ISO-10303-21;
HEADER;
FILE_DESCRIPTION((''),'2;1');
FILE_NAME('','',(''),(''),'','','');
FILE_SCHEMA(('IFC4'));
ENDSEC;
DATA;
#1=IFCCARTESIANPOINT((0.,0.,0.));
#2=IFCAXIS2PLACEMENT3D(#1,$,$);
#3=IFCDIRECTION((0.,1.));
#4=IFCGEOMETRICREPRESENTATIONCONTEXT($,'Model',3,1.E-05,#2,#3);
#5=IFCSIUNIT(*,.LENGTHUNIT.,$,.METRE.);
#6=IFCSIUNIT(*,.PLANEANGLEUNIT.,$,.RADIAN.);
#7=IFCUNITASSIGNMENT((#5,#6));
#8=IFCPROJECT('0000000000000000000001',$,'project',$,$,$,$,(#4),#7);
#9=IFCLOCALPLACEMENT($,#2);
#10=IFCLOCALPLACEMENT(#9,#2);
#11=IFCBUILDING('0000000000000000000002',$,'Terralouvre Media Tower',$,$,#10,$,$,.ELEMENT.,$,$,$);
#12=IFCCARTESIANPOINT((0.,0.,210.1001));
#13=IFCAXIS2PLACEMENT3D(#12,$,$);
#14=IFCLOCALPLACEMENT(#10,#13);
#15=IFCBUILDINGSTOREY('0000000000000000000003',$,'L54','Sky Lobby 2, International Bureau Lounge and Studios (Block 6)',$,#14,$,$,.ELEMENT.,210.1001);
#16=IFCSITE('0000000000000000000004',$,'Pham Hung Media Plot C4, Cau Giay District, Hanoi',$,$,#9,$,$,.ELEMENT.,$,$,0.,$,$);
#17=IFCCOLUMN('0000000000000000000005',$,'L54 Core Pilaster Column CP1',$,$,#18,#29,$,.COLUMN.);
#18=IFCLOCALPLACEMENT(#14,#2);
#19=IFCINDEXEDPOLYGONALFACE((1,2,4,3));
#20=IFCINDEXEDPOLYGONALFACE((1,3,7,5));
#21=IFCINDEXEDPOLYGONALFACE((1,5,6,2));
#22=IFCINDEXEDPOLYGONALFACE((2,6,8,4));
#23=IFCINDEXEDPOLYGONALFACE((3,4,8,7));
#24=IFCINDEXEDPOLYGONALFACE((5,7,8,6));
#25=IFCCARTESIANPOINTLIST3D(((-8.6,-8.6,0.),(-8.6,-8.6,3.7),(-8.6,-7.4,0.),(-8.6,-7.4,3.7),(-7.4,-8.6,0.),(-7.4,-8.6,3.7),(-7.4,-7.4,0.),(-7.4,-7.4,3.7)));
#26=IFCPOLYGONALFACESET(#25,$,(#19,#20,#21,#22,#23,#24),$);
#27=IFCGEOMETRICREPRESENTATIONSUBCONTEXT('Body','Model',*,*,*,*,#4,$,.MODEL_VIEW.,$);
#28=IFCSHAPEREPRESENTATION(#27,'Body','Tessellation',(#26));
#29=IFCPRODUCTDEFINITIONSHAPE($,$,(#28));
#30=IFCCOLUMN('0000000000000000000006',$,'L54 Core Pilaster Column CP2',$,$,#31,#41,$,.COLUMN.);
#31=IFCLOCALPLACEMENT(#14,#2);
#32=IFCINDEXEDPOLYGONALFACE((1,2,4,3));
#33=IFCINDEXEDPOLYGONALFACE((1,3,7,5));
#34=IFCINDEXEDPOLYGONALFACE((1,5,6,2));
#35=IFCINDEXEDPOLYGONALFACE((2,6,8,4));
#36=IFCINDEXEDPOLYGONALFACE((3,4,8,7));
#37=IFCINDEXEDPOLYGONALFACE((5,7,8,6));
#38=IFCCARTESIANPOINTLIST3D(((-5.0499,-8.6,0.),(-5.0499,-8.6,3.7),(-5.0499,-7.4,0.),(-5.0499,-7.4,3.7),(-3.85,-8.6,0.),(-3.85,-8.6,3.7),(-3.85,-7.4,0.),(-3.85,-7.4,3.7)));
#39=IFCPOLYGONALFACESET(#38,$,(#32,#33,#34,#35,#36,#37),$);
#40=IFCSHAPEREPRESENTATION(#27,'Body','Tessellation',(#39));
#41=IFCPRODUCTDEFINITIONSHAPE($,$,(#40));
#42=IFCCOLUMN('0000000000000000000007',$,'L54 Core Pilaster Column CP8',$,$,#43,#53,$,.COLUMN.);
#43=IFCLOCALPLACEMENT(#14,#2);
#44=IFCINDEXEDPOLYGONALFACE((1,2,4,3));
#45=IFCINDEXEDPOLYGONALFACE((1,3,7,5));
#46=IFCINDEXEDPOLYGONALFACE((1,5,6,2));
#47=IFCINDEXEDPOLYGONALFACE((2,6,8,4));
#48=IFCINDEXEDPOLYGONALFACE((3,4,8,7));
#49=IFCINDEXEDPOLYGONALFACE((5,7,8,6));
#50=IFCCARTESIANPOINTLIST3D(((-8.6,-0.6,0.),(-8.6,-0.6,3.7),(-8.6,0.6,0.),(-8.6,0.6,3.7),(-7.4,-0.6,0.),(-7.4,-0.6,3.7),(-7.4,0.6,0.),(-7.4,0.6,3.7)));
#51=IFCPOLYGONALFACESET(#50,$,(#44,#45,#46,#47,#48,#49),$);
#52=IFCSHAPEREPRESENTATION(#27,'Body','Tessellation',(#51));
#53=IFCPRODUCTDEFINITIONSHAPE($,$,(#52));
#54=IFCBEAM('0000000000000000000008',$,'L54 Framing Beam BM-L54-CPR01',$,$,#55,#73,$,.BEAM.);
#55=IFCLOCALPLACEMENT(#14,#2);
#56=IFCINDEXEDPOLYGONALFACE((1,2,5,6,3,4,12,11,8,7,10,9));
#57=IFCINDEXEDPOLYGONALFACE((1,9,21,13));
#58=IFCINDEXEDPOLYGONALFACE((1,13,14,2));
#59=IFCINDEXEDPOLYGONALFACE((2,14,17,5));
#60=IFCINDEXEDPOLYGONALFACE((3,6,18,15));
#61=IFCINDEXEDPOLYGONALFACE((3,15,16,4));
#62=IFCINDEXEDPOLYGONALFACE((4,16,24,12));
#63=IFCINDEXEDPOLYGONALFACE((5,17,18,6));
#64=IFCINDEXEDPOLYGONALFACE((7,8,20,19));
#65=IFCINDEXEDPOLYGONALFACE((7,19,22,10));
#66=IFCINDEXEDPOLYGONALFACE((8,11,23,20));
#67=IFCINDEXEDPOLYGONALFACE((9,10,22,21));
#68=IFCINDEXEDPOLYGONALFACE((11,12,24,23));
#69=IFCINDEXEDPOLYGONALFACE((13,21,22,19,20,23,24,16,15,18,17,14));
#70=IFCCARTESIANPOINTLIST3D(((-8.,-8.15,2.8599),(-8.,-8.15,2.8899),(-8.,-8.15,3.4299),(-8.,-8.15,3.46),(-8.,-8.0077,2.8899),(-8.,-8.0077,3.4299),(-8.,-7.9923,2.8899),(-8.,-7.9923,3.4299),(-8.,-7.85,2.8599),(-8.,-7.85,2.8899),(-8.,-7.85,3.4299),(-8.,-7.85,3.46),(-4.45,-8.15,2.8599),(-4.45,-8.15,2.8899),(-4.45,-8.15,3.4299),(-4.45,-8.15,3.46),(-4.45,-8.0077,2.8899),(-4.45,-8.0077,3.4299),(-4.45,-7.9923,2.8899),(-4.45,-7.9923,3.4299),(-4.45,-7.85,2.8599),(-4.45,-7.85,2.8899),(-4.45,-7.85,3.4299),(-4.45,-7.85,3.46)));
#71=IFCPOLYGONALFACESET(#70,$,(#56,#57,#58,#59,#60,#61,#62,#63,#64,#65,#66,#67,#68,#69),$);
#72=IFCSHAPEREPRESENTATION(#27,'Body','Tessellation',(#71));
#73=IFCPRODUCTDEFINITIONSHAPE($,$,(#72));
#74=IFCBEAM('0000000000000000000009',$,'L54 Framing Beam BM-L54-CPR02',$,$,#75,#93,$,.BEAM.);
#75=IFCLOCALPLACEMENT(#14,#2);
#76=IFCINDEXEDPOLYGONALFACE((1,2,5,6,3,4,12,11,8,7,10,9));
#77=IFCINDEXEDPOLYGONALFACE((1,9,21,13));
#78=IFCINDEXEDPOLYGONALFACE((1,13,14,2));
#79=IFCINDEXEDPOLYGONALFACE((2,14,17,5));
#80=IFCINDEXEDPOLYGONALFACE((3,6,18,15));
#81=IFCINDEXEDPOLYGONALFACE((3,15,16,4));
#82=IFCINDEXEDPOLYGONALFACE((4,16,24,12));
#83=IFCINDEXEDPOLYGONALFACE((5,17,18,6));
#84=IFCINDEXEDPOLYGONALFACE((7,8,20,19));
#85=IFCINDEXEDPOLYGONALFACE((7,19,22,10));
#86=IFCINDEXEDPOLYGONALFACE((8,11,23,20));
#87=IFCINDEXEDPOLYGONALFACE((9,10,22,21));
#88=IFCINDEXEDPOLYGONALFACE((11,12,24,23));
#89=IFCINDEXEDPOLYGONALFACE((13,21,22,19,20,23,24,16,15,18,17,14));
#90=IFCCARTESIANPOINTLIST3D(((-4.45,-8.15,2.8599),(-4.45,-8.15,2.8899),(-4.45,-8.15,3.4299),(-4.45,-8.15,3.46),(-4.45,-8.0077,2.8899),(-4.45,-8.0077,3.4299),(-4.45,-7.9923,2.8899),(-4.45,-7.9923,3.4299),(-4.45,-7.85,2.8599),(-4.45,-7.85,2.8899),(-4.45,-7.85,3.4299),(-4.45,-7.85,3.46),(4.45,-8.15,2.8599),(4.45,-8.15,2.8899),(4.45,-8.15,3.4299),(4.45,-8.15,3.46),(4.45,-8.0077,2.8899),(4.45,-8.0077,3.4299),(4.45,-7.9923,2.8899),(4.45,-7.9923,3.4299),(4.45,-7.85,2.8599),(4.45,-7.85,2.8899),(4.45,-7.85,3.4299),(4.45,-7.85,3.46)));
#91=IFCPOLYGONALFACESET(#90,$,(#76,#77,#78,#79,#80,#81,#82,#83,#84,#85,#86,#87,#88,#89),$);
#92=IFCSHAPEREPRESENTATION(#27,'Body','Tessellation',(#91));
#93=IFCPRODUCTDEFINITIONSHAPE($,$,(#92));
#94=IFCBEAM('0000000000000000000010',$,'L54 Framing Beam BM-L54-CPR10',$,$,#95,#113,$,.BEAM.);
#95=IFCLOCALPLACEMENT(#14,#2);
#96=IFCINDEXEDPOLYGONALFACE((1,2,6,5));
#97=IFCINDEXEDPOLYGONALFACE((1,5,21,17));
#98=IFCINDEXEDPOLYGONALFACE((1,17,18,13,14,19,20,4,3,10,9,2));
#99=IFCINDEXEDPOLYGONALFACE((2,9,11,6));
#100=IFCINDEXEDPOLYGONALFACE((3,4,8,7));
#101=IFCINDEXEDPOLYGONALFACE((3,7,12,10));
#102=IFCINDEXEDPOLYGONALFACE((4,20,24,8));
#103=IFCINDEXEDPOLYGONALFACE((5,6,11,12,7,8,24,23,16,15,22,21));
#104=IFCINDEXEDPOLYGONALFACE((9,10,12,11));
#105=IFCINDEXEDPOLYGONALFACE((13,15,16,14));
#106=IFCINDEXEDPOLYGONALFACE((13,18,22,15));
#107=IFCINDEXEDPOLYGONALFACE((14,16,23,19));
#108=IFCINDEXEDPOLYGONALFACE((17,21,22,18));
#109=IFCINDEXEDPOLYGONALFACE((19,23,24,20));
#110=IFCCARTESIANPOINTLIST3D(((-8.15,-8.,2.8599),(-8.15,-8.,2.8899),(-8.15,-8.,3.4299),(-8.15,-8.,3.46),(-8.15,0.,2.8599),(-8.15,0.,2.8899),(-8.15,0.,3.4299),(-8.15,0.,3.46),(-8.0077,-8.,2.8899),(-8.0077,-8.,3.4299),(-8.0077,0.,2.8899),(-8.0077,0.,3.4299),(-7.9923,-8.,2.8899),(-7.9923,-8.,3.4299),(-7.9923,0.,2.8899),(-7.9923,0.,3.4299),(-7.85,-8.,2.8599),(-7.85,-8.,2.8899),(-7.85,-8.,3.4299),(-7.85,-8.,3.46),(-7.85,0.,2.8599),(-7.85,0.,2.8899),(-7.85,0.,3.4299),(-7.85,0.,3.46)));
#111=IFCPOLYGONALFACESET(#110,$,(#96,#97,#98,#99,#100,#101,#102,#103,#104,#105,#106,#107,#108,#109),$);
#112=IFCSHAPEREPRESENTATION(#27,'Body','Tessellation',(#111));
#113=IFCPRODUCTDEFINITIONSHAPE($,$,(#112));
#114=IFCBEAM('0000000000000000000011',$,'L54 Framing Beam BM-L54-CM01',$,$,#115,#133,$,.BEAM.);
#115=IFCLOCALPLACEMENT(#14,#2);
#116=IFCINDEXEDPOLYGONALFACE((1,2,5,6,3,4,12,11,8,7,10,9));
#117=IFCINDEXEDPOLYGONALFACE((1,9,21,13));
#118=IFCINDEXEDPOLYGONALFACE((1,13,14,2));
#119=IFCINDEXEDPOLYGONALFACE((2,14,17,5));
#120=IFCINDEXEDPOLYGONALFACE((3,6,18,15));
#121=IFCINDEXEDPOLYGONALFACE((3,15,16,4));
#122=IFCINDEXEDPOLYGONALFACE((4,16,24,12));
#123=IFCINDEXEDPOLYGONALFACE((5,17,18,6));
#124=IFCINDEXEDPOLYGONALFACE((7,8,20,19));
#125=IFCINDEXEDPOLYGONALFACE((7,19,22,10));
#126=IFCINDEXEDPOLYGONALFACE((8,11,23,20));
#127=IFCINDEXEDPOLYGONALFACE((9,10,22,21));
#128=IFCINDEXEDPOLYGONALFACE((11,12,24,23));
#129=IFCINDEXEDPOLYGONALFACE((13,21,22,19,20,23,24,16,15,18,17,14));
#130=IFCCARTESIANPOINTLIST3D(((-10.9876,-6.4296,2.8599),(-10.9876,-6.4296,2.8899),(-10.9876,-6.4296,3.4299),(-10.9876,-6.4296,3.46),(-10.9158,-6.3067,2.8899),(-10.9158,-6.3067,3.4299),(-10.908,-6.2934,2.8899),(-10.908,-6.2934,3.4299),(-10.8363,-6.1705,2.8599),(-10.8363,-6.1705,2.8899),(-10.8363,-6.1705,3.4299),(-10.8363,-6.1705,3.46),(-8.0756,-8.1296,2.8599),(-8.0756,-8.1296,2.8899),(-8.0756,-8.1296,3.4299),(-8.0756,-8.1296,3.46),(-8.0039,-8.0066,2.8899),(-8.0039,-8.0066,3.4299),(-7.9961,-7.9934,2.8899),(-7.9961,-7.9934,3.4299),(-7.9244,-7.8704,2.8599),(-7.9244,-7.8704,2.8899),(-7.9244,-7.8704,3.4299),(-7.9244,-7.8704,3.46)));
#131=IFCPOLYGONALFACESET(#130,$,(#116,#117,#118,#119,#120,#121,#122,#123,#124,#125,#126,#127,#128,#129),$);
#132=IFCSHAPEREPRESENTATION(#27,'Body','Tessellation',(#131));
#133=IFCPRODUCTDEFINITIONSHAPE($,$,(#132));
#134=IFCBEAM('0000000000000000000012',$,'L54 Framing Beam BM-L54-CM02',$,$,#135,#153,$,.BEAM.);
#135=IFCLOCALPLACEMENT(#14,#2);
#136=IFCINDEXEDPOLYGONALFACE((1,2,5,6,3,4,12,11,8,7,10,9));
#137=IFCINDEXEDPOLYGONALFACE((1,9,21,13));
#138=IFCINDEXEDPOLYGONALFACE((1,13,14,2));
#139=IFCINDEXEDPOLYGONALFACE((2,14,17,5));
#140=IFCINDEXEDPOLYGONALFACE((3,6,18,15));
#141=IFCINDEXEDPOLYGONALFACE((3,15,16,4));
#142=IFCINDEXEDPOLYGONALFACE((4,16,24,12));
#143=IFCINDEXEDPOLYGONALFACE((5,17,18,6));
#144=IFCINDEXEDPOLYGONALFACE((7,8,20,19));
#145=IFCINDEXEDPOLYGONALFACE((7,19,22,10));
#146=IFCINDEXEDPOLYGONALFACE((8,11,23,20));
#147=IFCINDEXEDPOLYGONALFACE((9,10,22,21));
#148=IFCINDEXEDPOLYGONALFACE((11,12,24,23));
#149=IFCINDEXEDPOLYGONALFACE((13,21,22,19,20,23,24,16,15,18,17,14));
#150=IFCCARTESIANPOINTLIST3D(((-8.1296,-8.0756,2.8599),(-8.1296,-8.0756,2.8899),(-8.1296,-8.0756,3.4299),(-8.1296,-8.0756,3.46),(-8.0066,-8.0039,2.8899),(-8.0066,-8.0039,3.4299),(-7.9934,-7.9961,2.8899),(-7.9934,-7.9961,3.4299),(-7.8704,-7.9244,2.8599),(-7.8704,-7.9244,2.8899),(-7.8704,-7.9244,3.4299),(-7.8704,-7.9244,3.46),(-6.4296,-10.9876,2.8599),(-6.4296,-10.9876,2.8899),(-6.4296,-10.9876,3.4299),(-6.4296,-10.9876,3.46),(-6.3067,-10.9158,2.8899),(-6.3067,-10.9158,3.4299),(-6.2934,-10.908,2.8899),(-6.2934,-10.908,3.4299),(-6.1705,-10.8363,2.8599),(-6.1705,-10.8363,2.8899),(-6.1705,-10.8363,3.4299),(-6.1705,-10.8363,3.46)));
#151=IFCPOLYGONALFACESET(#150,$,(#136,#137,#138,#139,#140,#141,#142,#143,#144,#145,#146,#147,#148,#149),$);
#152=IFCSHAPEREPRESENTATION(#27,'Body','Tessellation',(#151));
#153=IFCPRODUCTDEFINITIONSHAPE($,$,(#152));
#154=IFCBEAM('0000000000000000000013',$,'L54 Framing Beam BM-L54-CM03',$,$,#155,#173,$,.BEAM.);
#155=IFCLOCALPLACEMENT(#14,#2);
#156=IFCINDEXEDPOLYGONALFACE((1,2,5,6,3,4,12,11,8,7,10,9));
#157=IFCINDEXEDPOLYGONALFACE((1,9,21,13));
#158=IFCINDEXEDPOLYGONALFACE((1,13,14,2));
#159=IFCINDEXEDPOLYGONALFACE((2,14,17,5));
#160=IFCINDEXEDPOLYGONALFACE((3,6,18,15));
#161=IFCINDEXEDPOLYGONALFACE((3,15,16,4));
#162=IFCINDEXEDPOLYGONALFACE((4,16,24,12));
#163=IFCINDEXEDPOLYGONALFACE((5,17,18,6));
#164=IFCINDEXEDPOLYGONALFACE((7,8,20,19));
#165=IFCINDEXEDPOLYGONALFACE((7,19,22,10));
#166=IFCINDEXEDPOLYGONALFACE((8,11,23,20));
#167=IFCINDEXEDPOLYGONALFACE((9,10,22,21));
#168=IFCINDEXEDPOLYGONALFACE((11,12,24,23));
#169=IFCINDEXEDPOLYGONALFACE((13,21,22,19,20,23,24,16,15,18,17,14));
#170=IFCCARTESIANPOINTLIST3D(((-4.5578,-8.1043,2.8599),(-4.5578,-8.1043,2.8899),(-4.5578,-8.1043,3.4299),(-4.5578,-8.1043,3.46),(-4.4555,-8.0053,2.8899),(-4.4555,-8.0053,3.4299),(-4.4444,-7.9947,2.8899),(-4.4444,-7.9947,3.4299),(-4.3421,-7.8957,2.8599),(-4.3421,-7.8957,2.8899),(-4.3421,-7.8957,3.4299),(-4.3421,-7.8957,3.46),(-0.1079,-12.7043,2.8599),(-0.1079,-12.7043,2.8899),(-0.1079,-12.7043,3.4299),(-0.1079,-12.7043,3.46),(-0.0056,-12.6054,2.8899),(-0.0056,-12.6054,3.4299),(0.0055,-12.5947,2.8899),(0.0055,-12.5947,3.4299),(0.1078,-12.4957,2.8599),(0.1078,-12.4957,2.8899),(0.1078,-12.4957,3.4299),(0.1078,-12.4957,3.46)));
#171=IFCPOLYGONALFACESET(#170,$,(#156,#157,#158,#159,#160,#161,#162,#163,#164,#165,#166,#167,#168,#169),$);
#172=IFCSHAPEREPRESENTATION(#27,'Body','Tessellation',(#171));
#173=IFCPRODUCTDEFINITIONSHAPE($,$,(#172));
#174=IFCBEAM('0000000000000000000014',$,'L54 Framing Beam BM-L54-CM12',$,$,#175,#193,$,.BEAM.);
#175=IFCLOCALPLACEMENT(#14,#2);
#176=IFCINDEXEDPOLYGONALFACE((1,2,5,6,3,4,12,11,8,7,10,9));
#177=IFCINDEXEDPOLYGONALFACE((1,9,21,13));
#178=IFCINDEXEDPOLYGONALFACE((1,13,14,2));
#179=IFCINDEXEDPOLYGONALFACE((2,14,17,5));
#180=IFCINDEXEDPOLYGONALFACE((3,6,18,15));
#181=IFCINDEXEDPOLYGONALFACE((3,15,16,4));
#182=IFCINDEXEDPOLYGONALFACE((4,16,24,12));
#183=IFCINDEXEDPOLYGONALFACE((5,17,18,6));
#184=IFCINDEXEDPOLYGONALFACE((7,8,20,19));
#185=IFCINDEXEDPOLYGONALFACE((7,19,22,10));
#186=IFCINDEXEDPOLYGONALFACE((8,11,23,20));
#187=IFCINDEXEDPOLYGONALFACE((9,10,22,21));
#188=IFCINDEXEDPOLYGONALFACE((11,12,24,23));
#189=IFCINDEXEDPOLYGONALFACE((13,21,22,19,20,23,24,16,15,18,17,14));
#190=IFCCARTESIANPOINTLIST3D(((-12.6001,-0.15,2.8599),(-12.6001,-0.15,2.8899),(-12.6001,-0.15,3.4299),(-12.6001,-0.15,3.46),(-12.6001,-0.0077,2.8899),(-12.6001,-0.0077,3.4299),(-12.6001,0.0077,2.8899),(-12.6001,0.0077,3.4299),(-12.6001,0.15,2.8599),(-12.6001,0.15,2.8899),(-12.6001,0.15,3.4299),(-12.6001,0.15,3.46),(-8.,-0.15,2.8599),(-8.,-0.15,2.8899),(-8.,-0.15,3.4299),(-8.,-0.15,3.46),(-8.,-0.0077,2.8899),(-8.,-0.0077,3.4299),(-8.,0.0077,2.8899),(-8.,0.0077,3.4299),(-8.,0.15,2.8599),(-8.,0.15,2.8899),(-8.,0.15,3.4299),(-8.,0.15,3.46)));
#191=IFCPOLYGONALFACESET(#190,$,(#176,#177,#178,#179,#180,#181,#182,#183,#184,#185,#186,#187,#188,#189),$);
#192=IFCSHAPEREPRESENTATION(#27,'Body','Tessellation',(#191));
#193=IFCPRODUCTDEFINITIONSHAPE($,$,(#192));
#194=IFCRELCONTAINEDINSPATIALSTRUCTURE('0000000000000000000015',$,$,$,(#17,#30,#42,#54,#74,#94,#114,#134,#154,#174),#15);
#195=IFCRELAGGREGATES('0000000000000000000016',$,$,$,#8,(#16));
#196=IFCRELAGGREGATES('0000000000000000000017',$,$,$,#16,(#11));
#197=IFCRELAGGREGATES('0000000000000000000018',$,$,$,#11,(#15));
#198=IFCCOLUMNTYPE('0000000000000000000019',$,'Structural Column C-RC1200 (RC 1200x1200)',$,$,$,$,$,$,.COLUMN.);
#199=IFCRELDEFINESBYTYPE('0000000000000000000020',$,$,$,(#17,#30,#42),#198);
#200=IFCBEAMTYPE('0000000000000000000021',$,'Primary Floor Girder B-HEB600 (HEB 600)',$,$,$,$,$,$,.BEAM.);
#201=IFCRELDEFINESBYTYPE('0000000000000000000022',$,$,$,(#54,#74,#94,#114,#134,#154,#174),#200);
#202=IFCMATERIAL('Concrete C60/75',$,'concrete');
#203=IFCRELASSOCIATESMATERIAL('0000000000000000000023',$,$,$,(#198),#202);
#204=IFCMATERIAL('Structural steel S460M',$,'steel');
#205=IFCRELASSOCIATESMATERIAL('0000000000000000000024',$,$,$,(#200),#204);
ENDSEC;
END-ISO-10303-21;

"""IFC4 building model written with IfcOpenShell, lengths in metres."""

from ifc_helpers import new_model, si_unit, direction, frame, origin, origin_2d, place, context, subcontext, project, spatial, rectangle, i_section, extrude, material, material_profile, profile_set, type_object, element, save


model = new_model("IFC4")

# Units and contexts
model_context = context("Model", 3, precision=1e-05, world=origin(), true_north=direction((0.0, 1.0)))
body_context = subcontext(model_context, "Body", "Model", "MODEL_VIEW")
ifc_project = project(units=[si_unit("LENGTHUNIT", "METRE"), si_unit("PLANEANGLEUNIT", "RADIAN")], contexts=[model_context])

# Site, building, storey
site_placement = place(None, origin())
site = spatial("IfcSite", under=ifc_project, at=site_placement, Name="Pham Hung Media Plot C4, Cau Giay District, Hanoi", CompositionType="ELEMENT", RefElevation=0.0)
building_placement = place(site_placement, origin())
building = spatial("IfcBuilding", under=site, at=building_placement, Name="Terralouvre Media Tower", CompositionType="ELEMENT")
storey_placement = place(building_placement, frame((0.0, 0.0, 210.1001)))
storey = spatial("IfcBuildingStorey", under=building, at=storey_placement, Name="L54", Description="Sky Lobby 2, International Bureau Lounge and Studios (Block 6)", CompositionType="ELEMENT", Elevation=210.1001)

# Columns
ifc_material_1 = material(Name="Concrete C60/75", Category="concrete")
ifc_material_profile_1 = material_profile(ifc_material_1, rectangle(XDim=1.2, YDim=1.2, at=origin_2d()), Name="RC 1200x1200")
ifc_profile_set_1 = profile_set([ifc_material_profile_1], Name="Concrete C60/75")
column_type = type_object("IfcColumnType", Name="Structural Column C-RC1200 (RC 1200x1200)", PredefinedType="COLUMN", material=ifc_profile_set_1)
for number, where, z_axis, x_axis, name in (
    (1, (-8.0, -8.0, 0.0), (0.0, 0.0, 1.0), (1.0, 0.0, 0.0), "L54 Core Pilaster Column CP1"),
    (2, (-4.45, -8.0, 0.0), (0.0, 0.0, 1.0), (1.0, 0.0, 0.0), "L54 Core Pilaster Column CP2"),
    (3, (-8.0, 0.0, 0.0), (0.0, 0.0, 1.0), (1.0, 0.0, 0.0), "L54 Core Pilaster Column CP8"),
):
    element("IfcColumn", number, at=place(storey_placement, frame(where, z_axis=z_axis, x_axis=x_axis)), inside=storey, type_object=column_type, Name=name, PredefinedType="COLUMN", context=body_context, shape_type="SweptSolid", body=[
        extrude(rectangle(XDim=1.2, YDim=1.2, at=origin_2d()), origin(), (0.0, 0.0, 1.0), 3.7),
    ])

# Beams
ifc_material_2 = material(Name="Structural steel S460M", Category="steel")
ifc_material_profile_2 = material_profile(ifc_material_2, i_section(OverallWidth=0.3, OverallDepth=0.6001, WebThickness=0.0154, FlangeThickness=0.03, at=origin_2d()), Name="HEB 600")
ifc_profile_set_2 = profile_set([ifc_material_profile_2], Name="Structural steel S460M")
beam_type_1 = type_object("IfcBeamType", Name="Primary Floor Girder B-HEB600 (HEB 600)", PredefinedType="BEAM", material=ifc_profile_set_2)
beam_1_placement = place(storey_placement, frame((-8.0, -8.0, 3.1599), z_axis=(1.0, 0.0, 0.0), x_axis=(0.0, 1.0, 0.0)))
element("IfcBeam", 4, at=beam_1_placement, inside=storey, type_object=beam_type_1, Name="L54 Framing Beam BM-L54-CPR01", PredefinedType="BEAM", context=body_context, shape_type="SweptSolid", body=[
    extrude(i_section(OverallWidth=0.3, OverallDepth=0.6001, WebThickness=0.0154, FlangeThickness=0.03, at=origin_2d()), origin(), (0.0, 0.0, 1.0), 3.55),
])
beam_2_placement = place(storey_placement, frame((-4.45, -8.0, 3.1599), z_axis=(1.0, 0.0, 0.0), x_axis=(0.0, 1.0, 0.0)))
element("IfcBeam", 5, at=beam_2_placement, inside=storey, type_object=beam_type_1, Name="L54 Framing Beam BM-L54-CPR02", PredefinedType="BEAM", context=body_context, shape_type="SweptSolid", body=[
    extrude(i_section(OverallWidth=0.3, OverallDepth=0.6001, WebThickness=0.0154, FlangeThickness=0.03, at=origin_2d()), origin(), (0.0, 0.0, 1.0), 8.8999),
])
beam_3_placement = place(storey_placement, frame((-8.0, 0.0, 3.1599), z_axis=(0.0, -1.0, 0.0), x_axis=(1.0, 0.0, 0.0)))
element("IfcBeam", 6, at=beam_3_placement, inside=storey, type_object=beam_type_1, Name="L54 Framing Beam BM-L54-CPR10", PredefinedType="BEAM", context=body_context, shape_type="SweptSolid", body=[
    extrude(i_section(OverallWidth=0.3, OverallDepth=0.6001, WebThickness=0.0154, FlangeThickness=0.03, at=origin_2d()), origin(), (0.0, 0.0, 1.0), 8.0),
])
for number, where, z_axis, x_axis, name in (
    (7, (-8.0, -8.0, 3.1599), (-0.863603, 0.504173, 0.0), (-0.504173, -0.863603, 0.0), "L54 Framing Beam BM-L54-CM01"),
    (8, (-8.0, -8.0, 3.1599), (0.504173, -0.863603, 0.0), (0.863603, 0.504173, 0.0), "L54 Framing Beam BM-L54-CM02"),
):
    element("IfcBeam", number, at=place(storey_placement, frame(where, z_axis=z_axis, x_axis=x_axis)), inside=storey, type_object=beam_type_1, Name=name, PredefinedType="BEAM", context=body_context, shape_type="SweptSolid", body=[
        extrude(i_section(OverallWidth=0.3, OverallDepth=0.6001, WebThickness=0.0154, FlangeThickness=0.03, at=origin_2d()), origin(), (0.0, 0.0, 1.0), 3.3718),
    ])
beam_4_placement = place(storey_placement, frame((-4.45, -8.0, 3.1599), z_axis=(0.69528, -0.718739, 0.0), x_axis=(0.718739, 0.69528, 0.0)))
element("IfcBeam", 9, at=beam_4_placement, inside=storey, type_object=beam_type_1, Name="L54 Framing Beam BM-L54-CM03", PredefinedType="BEAM", context=body_context, shape_type="SweptSolid", body=[
    extrude(i_section(OverallWidth=0.3, OverallDepth=0.6001, WebThickness=0.0154, FlangeThickness=0.03, at=origin_2d()), origin(), (0.0, 0.0, 1.0), 6.4001),
])
beam_5_placement = place(storey_placement, frame((-8.0, 0.0, 3.1599), z_axis=(-1.0, 0.0, 0.0), x_axis=(0.0, -1.0, 0.0)))
element("IfcBeam", 10, at=beam_5_placement, inside=storey, type_object=beam_type_1, Name="L54 Framing Beam BM-L54-CM12", PredefinedType="BEAM", context=body_context, shape_type="SweptSolid", body=[
    extrude(i_section(OverallWidth=0.3, OverallDepth=0.6001, WebThickness=0.0154, FlangeThickness=0.03, at=origin_2d()), origin(), (0.0, 0.0, 1.0), 4.6001),
])

save(model, "model.ifc")
